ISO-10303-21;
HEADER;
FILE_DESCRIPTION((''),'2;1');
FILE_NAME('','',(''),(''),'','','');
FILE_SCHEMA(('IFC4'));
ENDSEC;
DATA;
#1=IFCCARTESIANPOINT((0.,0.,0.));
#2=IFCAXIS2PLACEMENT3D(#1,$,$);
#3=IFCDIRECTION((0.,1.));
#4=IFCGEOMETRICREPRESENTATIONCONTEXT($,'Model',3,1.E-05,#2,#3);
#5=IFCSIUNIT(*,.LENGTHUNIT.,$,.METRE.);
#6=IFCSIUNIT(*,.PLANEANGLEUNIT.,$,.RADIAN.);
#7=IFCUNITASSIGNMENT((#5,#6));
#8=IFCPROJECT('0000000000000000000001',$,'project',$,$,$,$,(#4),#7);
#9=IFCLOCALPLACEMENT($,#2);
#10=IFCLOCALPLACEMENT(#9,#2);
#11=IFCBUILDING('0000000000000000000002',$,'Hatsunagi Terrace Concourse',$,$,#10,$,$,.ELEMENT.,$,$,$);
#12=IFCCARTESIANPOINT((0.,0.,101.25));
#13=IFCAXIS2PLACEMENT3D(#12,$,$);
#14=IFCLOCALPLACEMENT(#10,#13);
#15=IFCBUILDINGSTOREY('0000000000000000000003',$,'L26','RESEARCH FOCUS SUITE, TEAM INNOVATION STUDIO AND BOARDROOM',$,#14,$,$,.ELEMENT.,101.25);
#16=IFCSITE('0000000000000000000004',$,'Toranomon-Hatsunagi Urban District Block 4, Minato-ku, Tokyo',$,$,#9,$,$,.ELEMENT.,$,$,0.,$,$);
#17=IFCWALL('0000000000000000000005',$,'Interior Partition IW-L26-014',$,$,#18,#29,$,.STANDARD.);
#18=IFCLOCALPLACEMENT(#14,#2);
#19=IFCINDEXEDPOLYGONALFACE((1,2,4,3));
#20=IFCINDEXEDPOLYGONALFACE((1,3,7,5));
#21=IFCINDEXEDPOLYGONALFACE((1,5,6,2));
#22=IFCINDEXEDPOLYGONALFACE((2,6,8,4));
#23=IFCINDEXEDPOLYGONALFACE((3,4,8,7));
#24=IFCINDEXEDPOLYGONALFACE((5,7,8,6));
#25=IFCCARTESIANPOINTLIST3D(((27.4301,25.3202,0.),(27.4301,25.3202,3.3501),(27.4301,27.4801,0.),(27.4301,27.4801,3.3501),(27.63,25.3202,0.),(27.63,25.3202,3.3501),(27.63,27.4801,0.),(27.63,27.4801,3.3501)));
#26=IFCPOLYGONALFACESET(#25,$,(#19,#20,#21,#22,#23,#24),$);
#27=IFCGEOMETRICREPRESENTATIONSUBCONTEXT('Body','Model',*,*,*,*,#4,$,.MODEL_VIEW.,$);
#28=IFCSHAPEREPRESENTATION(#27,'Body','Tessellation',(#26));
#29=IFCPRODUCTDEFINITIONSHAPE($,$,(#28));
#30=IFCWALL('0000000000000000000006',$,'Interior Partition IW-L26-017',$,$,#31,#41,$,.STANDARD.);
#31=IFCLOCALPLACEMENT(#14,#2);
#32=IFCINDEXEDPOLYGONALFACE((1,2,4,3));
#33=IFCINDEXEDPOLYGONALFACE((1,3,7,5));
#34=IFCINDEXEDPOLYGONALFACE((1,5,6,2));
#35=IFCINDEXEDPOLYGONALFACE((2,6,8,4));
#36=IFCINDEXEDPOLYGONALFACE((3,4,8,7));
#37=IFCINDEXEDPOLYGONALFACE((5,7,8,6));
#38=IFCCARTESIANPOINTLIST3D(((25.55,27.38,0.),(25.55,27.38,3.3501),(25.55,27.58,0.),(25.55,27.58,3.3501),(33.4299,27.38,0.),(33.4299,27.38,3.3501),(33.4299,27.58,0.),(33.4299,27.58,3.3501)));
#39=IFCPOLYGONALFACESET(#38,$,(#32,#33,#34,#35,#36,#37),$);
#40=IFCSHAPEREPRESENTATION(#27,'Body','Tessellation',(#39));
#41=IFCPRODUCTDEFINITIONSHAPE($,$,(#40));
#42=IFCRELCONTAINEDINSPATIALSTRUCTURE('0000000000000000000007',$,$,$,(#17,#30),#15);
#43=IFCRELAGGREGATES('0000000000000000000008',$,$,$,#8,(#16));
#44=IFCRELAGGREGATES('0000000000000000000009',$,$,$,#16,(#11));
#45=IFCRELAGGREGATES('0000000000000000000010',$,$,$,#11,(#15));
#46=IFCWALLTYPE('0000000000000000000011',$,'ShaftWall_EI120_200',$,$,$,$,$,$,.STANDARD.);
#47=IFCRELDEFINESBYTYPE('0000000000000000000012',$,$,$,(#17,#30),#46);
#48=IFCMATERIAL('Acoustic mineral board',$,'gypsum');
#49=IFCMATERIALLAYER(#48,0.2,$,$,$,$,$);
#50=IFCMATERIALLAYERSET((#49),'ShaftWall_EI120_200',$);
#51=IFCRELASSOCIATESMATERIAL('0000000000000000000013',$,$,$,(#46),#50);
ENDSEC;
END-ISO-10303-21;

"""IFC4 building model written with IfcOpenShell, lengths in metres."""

from ifc_helpers import new_model, si_unit, direction, frame, frame_2d, origin, place, context, subcontext, project, spatial, rectangle, extrude, material, layer, layer_set, type_object, element, save


model = new_model("IFC4")

# Units and contexts
model_context = context("Model", 3, precision=1e-05, world=origin(), true_north=direction((0.0, 1.0)))
body_context = subcontext(model_context, "Body", "Model", "MODEL_VIEW")
ifc_project = project(units=[si_unit("LENGTHUNIT", "METRE"), si_unit("PLANEANGLEUNIT", "RADIAN")], contexts=[model_context])

# Site, building, storey
site_placement = place(None, origin())
site = spatial("IfcSite", under=ifc_project, at=site_placement, Name="Toranomon-Hatsunagi Urban District Block 4, Minato-ku, Tokyo", CompositionType="ELEMENT", RefElevation=0.0)
building_placement = place(site_placement, origin())
building = spatial("IfcBuilding", under=site, at=building_placement, Name="Hatsunagi Terrace Concourse", CompositionType="ELEMENT")
storey_placement = place(building_placement, frame((0.0, 0.0, 101.25)))
storey = spatial("IfcBuildingStorey", under=building, at=storey_placement, Name="L26", Description="RESEARCH FOCUS SUITE, TEAM INNOVATION STUDIO AND BOARDROOM", CompositionType="ELEMENT", Elevation=101.25)

# Walls
ifc_material_1 = material(Name="Acoustic mineral board", Category="gypsum")
ifc_layer_1 = layer(ifc_material_1, 0.2)
ifc_layer_set_1 = layer_set([ifc_layer_1], Name="ShaftWall_EI120_200")
wall_type_1 = type_object("IfcWallType", Name="ShaftWall_EI120_200", PredefinedType="STANDARD", material=ifc_layer_set_1)
wall_1_placement = place(storey_placement, frame((27.53, 25.3201, 0.0), z_axis=(0.0, 0.0, 1.0), x_axis=(0.0, 1.0, 0.0)))
element("IfcWall", 1, at=wall_1_placement, inside=storey, type_object=wall_type_1, Name="Interior Partition IW-L26-014", PredefinedType="STANDARD", context=body_context, shape_type="SweptSolid", body=[
    extrude(rectangle(XDim=2.1599, YDim=0.2, at=frame_2d((1.0801, 0.0))), origin(), (0.0, 0.0, 1.0), 3.3501),
])
wall_2_placement = place(storey_placement, frame((25.55, 27.48, 0.0), z_axis=(0.0, 0.0, 1.0), x_axis=(1.0, 0.0, 0.0)))
element("IfcWall", 2, at=wall_2_placement, inside=storey, type_object=wall_type_1, Name="Interior Partition IW-L26-017", PredefinedType="STANDARD", context=body_context, shape_type="SweptSolid", body=[
    extrude(rectangle(XDim=7.8799, YDim=0.2, at=frame_2d((3.9399, 0.0))), origin(), (0.0, 0.0, 1.0), 3.3501),
])

save(model, "model.ifc")
